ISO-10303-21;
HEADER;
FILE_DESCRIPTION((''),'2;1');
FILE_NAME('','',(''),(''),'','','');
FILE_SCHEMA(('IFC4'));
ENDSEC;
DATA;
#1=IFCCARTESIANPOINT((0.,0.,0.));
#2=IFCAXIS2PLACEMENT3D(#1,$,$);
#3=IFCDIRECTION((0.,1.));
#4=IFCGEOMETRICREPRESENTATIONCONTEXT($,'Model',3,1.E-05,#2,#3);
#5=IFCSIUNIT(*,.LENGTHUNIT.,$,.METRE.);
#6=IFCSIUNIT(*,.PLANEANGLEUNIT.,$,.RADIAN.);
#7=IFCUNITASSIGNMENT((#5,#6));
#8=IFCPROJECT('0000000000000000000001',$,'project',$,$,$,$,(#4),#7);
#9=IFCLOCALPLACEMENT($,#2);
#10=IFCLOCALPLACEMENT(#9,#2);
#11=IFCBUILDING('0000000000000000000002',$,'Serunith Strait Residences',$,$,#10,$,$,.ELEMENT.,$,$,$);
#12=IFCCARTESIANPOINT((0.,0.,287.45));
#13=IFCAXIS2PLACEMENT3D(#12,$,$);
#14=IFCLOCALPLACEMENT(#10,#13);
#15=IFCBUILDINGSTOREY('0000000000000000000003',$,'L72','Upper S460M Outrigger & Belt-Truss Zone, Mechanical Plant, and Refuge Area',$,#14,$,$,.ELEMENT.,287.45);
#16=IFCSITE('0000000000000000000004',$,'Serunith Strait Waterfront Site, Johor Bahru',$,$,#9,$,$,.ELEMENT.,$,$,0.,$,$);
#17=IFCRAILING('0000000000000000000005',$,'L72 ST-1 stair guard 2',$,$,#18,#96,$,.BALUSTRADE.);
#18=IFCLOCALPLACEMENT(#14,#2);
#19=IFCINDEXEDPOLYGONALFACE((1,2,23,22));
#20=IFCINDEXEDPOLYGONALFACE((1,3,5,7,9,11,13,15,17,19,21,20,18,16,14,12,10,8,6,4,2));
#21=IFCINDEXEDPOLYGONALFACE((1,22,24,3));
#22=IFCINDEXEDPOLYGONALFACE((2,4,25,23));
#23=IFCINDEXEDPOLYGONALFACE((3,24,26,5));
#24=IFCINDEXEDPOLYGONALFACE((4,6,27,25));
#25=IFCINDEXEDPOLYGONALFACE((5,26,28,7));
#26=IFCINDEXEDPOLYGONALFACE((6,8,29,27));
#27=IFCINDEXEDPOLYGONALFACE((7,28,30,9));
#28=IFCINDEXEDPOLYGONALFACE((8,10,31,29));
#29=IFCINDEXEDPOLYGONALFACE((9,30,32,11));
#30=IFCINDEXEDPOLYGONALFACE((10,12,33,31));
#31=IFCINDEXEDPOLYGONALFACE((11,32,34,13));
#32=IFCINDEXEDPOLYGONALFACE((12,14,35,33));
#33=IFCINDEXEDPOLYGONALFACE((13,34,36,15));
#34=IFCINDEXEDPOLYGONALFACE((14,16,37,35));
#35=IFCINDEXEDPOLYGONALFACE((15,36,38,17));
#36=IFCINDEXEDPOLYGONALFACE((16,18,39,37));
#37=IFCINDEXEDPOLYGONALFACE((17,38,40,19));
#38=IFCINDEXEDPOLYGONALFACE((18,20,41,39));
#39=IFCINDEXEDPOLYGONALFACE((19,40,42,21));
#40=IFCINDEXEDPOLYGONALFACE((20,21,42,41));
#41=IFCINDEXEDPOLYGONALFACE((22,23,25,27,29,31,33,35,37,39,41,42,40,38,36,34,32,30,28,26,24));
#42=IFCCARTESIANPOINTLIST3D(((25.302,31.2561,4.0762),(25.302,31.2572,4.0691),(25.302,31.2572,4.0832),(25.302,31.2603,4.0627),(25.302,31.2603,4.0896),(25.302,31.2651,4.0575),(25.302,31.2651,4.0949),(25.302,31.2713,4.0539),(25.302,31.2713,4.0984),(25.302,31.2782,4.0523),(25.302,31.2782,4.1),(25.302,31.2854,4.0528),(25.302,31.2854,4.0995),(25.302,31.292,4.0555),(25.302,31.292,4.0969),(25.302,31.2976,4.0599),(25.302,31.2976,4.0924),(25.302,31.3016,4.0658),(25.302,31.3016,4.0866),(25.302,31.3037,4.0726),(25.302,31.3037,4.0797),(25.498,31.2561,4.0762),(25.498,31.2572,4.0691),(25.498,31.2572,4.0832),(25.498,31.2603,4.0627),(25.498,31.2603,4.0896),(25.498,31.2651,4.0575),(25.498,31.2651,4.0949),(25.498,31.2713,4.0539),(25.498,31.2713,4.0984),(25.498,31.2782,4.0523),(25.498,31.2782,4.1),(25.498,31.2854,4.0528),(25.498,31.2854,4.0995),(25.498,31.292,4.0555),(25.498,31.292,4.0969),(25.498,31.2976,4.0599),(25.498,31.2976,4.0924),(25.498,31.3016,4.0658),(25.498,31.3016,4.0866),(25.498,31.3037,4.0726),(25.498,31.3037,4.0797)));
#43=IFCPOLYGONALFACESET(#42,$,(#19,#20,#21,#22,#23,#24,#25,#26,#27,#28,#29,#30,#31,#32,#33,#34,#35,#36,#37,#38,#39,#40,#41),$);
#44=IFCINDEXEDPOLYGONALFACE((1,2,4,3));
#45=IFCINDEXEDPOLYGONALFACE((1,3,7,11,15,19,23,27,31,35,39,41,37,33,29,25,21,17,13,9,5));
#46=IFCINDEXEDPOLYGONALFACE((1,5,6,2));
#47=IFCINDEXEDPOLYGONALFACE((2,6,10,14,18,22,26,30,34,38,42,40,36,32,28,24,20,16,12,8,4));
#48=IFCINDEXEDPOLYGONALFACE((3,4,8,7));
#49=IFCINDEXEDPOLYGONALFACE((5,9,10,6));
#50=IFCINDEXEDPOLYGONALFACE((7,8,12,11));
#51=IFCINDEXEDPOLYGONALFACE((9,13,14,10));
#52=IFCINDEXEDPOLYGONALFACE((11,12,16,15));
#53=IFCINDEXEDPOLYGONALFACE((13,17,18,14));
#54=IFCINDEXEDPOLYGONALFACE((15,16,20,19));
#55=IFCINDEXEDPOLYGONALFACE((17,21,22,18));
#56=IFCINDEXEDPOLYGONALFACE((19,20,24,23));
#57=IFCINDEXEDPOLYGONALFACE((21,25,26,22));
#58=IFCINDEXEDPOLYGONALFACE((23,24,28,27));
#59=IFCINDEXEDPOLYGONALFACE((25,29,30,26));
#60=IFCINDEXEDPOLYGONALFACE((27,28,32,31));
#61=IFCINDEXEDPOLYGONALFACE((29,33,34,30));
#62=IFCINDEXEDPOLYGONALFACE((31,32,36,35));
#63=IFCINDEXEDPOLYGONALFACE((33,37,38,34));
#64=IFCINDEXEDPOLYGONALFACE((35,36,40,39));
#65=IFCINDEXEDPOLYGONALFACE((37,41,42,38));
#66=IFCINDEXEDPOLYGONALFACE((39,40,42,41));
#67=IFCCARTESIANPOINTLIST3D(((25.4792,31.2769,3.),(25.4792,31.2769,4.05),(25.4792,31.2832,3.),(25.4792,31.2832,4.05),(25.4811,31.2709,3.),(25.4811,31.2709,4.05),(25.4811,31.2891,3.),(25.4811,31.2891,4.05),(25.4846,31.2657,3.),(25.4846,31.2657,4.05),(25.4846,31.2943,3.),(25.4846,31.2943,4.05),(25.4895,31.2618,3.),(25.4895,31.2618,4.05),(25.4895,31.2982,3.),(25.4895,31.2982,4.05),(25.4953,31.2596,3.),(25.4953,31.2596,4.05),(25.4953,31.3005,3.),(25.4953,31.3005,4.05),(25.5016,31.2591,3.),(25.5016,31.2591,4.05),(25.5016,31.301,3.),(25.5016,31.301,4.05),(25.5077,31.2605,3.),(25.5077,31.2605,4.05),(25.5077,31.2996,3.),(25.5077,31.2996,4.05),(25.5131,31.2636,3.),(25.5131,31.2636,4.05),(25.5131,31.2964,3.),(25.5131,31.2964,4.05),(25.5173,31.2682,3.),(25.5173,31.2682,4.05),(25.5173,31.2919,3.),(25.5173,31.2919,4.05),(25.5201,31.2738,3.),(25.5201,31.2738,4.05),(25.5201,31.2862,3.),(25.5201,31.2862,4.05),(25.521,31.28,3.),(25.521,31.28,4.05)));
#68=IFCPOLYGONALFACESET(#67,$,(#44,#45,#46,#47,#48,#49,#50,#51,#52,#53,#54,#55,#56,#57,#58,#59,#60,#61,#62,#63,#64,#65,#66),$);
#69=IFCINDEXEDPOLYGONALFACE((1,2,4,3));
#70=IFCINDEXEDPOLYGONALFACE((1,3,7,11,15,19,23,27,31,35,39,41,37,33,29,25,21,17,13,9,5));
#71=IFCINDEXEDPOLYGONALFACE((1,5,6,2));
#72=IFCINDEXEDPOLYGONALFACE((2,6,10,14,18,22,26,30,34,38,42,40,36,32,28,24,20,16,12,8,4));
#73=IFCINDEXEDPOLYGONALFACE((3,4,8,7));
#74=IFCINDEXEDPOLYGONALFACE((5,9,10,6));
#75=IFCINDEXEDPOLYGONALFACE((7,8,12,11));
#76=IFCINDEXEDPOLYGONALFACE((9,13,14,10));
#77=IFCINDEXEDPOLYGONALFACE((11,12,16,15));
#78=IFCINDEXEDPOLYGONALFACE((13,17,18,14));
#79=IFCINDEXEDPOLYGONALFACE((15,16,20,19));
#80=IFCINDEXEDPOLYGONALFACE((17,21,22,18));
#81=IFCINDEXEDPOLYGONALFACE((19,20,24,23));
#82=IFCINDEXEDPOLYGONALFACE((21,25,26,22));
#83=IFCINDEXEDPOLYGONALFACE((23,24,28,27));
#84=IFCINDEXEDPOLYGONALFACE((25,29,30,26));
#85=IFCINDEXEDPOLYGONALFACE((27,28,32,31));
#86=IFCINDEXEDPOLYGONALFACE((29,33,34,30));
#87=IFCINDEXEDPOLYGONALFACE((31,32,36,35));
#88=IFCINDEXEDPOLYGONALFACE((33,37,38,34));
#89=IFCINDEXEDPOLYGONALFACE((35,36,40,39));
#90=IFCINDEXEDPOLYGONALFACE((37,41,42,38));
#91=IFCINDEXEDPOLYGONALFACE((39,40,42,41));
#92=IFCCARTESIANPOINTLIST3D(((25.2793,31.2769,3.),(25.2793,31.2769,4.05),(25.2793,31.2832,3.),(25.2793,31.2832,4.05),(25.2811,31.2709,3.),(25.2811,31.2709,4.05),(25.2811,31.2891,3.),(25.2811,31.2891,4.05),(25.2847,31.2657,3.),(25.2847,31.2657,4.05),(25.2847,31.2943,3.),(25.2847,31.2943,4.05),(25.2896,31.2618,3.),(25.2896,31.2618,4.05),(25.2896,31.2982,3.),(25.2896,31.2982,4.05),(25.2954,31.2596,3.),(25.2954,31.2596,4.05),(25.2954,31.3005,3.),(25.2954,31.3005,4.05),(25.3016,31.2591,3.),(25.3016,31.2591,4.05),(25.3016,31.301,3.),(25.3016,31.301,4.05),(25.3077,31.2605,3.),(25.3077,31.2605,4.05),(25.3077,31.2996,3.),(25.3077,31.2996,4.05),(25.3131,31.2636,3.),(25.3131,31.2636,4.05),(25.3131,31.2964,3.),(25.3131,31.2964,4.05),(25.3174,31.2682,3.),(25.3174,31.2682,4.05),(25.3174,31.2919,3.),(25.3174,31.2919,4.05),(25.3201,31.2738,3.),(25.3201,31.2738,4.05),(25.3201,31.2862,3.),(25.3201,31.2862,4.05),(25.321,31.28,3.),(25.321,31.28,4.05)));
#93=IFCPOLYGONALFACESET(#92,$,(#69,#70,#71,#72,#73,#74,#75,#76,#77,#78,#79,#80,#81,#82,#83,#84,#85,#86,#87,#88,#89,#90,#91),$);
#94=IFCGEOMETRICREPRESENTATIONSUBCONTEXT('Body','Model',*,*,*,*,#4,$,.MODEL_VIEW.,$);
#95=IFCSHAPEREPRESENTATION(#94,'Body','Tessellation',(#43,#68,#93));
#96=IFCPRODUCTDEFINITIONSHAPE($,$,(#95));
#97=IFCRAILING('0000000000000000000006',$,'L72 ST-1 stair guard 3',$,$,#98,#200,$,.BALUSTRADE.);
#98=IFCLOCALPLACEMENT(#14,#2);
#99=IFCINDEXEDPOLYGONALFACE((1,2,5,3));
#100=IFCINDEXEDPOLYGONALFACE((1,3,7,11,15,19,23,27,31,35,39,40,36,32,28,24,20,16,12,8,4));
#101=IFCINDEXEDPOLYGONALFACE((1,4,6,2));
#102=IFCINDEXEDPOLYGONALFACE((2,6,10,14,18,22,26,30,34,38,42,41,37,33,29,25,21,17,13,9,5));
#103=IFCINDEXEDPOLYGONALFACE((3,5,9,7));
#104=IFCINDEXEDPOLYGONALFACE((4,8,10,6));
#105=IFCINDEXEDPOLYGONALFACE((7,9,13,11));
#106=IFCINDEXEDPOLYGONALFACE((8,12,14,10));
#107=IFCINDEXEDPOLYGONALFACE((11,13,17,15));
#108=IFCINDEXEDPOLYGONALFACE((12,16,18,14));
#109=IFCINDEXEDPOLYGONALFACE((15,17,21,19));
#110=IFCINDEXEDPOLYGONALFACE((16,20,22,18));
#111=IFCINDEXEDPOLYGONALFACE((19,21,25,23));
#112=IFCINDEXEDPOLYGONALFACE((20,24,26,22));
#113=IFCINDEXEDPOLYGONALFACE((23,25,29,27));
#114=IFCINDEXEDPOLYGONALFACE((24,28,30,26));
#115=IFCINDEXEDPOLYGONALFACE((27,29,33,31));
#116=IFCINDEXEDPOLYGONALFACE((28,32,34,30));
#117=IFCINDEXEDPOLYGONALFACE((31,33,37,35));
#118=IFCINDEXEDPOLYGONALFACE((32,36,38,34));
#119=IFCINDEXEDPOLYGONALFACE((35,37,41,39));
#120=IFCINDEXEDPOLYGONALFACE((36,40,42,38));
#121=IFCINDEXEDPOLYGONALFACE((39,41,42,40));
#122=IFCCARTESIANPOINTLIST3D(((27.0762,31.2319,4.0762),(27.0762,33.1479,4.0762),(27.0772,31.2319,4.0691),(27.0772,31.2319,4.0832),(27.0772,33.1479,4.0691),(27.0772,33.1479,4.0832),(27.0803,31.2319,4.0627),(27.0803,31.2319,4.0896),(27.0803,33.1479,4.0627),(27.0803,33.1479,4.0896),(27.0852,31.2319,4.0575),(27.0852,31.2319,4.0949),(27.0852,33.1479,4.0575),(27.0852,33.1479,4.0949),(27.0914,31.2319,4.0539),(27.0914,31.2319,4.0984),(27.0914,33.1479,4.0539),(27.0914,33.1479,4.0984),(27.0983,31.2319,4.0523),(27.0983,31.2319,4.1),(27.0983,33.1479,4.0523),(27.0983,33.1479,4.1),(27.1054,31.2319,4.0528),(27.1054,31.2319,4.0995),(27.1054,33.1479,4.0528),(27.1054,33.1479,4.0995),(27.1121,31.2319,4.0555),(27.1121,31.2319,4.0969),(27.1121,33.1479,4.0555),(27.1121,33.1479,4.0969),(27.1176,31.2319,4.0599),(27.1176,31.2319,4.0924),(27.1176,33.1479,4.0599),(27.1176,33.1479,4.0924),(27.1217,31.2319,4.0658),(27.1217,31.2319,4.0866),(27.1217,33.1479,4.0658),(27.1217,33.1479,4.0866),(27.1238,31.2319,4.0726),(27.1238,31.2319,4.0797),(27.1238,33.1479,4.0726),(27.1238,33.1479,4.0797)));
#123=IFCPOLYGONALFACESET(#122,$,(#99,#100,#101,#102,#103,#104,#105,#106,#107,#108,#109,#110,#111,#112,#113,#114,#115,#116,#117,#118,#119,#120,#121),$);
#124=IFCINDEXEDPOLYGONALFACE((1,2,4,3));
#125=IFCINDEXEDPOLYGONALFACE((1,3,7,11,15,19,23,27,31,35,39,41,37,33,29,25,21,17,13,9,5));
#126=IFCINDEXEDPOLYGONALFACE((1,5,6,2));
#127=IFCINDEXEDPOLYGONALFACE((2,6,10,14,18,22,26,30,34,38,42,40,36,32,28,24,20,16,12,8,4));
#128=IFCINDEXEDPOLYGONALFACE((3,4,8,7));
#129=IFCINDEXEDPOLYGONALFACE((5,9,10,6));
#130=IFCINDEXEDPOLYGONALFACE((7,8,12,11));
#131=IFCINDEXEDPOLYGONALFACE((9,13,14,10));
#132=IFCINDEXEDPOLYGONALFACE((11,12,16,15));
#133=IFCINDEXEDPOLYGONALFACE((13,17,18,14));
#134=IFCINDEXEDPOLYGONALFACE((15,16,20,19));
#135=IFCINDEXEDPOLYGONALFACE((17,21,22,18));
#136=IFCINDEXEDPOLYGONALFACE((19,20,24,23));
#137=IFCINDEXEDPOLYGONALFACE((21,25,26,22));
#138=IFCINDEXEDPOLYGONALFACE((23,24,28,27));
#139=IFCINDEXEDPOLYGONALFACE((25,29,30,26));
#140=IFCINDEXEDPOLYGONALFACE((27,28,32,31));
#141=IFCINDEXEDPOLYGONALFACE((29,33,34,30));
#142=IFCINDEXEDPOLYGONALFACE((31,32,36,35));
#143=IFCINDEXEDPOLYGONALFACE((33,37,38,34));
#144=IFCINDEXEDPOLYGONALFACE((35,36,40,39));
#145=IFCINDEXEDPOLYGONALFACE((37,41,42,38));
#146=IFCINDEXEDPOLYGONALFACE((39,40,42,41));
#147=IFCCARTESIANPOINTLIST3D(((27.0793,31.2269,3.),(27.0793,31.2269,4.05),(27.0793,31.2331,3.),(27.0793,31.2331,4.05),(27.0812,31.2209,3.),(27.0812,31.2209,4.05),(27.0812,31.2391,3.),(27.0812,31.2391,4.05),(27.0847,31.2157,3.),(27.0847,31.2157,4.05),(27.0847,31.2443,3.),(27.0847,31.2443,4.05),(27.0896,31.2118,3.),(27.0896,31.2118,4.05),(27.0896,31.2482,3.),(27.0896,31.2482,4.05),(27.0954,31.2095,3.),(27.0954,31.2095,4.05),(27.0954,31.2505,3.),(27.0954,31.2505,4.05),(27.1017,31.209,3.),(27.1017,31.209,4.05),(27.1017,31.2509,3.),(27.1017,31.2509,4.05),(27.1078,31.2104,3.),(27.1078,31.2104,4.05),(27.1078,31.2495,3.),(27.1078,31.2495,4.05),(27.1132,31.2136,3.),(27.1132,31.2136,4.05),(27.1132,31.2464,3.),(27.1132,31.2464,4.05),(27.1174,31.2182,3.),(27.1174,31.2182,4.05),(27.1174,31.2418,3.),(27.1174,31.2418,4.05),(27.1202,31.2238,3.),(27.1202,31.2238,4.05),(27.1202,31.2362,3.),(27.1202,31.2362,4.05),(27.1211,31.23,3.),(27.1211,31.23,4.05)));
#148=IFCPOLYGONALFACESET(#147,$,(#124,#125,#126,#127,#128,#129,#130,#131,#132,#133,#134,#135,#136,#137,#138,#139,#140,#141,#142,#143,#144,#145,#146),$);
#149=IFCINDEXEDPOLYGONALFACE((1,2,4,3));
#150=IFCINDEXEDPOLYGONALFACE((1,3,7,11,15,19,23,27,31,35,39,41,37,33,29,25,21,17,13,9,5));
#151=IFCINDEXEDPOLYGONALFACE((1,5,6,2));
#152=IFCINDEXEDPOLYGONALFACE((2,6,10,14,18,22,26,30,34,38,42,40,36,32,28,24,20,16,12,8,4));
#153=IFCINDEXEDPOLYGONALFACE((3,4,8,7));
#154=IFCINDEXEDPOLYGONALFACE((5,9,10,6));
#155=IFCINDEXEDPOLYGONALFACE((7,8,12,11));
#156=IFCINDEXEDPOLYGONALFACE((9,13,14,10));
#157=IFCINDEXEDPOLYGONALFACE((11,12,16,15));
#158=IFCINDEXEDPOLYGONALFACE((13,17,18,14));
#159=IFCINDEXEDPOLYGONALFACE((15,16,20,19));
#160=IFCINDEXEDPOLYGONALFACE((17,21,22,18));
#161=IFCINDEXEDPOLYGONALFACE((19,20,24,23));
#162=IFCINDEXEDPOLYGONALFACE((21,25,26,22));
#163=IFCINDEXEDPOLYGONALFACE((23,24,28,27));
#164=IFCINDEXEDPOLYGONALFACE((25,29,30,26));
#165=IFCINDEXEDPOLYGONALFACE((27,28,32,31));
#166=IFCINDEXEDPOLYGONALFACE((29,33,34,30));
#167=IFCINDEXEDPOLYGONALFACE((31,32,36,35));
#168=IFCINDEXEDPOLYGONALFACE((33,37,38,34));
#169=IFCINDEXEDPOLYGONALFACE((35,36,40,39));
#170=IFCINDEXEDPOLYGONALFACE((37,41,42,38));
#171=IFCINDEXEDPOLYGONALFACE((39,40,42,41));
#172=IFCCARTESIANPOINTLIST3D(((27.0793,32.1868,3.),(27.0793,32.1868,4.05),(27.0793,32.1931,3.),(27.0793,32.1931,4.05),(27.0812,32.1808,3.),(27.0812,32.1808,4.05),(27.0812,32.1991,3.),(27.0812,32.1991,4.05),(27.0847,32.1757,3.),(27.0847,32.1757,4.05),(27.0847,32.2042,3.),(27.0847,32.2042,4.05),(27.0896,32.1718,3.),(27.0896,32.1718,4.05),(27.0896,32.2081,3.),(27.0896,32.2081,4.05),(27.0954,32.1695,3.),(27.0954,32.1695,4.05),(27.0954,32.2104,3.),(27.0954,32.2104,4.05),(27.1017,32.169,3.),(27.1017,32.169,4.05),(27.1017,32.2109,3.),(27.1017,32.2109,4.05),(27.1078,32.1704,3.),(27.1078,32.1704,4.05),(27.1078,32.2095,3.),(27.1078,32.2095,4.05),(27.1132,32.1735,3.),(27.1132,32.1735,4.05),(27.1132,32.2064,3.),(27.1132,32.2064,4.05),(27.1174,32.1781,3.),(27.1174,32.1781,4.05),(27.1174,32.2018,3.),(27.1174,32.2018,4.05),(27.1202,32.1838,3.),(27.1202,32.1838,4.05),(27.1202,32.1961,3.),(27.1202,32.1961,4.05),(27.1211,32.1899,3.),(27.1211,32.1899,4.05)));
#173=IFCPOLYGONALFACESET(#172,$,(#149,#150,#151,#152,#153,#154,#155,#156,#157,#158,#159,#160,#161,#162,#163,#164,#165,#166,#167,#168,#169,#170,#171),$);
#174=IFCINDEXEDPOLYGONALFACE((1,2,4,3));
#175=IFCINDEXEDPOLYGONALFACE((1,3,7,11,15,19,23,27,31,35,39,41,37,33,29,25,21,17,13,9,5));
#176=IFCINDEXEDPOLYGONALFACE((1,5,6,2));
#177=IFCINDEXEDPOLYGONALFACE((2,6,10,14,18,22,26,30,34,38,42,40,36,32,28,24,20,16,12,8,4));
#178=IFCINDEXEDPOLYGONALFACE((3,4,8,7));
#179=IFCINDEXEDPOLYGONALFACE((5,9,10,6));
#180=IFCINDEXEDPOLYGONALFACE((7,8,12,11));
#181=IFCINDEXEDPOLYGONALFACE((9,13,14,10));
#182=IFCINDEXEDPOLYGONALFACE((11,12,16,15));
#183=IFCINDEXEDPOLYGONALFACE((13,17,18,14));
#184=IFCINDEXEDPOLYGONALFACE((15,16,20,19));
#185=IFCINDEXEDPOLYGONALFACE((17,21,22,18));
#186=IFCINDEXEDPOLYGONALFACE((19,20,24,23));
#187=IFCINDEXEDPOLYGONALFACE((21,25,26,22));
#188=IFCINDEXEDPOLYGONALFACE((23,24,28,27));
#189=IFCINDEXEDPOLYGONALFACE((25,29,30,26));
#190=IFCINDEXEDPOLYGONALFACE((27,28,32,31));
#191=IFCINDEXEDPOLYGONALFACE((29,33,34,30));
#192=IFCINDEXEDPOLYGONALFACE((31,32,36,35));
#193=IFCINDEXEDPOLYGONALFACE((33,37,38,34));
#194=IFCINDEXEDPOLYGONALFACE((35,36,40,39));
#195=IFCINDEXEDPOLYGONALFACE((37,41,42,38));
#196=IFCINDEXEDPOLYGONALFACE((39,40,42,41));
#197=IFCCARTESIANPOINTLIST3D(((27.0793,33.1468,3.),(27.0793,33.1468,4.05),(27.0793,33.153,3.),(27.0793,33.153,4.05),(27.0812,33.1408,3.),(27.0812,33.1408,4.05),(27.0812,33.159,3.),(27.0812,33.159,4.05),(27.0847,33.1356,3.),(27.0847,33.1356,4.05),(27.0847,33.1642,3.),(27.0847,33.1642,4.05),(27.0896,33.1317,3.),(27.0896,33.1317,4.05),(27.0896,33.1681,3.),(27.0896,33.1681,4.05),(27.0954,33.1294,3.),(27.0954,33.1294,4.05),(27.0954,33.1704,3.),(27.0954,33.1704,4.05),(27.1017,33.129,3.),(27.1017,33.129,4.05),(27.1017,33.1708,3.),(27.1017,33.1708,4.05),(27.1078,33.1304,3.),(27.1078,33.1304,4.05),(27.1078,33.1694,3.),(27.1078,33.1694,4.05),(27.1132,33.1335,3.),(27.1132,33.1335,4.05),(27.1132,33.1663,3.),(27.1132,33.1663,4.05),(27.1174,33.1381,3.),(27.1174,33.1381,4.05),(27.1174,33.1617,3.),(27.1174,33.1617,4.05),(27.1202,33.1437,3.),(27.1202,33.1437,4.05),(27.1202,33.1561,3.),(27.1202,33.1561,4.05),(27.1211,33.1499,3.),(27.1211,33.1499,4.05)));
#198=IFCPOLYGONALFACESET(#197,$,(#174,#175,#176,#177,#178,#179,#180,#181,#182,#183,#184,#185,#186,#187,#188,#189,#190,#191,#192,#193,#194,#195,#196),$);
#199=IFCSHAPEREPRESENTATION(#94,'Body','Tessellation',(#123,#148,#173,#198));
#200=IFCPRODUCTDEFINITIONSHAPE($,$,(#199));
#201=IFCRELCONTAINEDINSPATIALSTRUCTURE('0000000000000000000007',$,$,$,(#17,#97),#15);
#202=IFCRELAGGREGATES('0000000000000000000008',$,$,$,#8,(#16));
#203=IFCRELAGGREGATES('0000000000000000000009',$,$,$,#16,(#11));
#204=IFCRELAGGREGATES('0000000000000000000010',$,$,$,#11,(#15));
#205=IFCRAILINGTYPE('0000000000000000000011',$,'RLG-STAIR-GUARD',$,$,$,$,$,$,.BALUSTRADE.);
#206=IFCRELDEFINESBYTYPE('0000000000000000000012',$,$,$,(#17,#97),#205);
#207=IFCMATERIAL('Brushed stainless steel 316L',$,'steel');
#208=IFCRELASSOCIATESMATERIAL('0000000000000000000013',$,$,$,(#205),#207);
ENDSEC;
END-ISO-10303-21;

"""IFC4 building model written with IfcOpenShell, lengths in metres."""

from ifc_helpers import new_model, si_unit, direction, frame, origin, origin_2d, place, context, subcontext, project, spatial, circle, extrude, material, type_object, element, save


model = new_model("IFC4")

# Units and contexts
model_context = context("Model", 3, precision=1e-05, world=origin(), true_north=direction((0.0, 1.0)))
body_context = subcontext(model_context, "Body", "Model", "MODEL_VIEW")
ifc_project = project(units=[si_unit("LENGTHUNIT", "METRE"), si_unit("PLANEANGLEUNIT", "RADIAN")], contexts=[model_context])

# Site, building, storey
site_placement = place(None, origin())
site = spatial("IfcSite", under=ifc_project, at=site_placement, Name="Serunith Strait Waterfront Site, Johor Bahru", CompositionType="ELEMENT", RefElevation=0.0)
building_placement = place(site_placement, origin())
building = spatial("IfcBuilding", under=site, at=building_placement, Name="Serunith Strait Residences", CompositionType="ELEMENT")
storey_placement = place(building_placement, frame((0.0, 0.0, 287.45)))
storey = spatial("IfcBuildingStorey", under=building, at=storey_placement, Name="L72", Description="Upper S460M Outrigger & Belt-Truss Zone, Mechanical Plant, and Refuge Area", CompositionType="ELEMENT", Elevation=287.45)

# Railings
ifc_material_1 = material(Name="Brushed stainless steel 316L", Category="steel")
railing_type_1 = type_object("IfcRailingType", Name="RLG-STAIR-GUARD", PredefinedType="BALUSTRADE", material=ifc_material_1)
railing_1_placement = place(storey_placement, frame((25.5, 31.28, 3.0)))
element("IfcRailing", 1, at=railing_1_placement, inside=storey, type_object=railing_type_1, Name="L72 ST-1 stair guard 2", PredefinedType="BALUSTRADE", context=body_context, shape_type="SweptSolid", body=[
    extrude(circle(Radius=0.0239, at=origin_2d()), frame((-0.002, 0.0, 1.0762), z_axis=(-1.0, 0.0, 0.0), x_axis=(0.0, -1.0, 0.0)), (0.0, 0.0, 1.0), 0.196),
    extrude(circle(Radius=0.021, at=origin_2d()), origin(), (0.0, 0.0, 1.0), 1.05),
    extrude(circle(Radius=0.021, at=origin_2d()), frame((-0.2, 0.0, 0.0)), (0.0, 0.0, 1.0), 1.05),
])
for number, where, name in (
    (2, (27.1001, 31.23, 3.0), "L72 ST-1 stair guard 3"),
):
    element("IfcRailing", number, at=place(storey_placement, frame(where)), inside=storey, type_object=railing_type_1, Name=name, PredefinedType="BALUSTRADE", context=body_context, shape_type="SweptSolid", body=[
        extrude(circle(Radius=0.0239, at=origin_2d()), frame((0.0, 0.002, 1.0762), z_axis=(0.0, 1.0, 0.0), x_axis=(-1.0, 0.0, 0.0)), (0.0, 0.0, 1.0), 1.916),
        extrude(circle(Radius=0.021, at=origin_2d()), origin(), (0.0, 0.0, 1.0), 1.05),
        extrude(circle(Radius=0.021, at=origin_2d()), frame((0.0, 0.96, 0.0)), (0.0, 0.0, 1.0), 1.05),
        extrude(circle(Radius=0.021, at=origin_2d()), frame((0.0, 1.9199, 0.0)), (0.0, 0.0, 1.0), 1.05),
    ])

save(model, "model.ifc")
